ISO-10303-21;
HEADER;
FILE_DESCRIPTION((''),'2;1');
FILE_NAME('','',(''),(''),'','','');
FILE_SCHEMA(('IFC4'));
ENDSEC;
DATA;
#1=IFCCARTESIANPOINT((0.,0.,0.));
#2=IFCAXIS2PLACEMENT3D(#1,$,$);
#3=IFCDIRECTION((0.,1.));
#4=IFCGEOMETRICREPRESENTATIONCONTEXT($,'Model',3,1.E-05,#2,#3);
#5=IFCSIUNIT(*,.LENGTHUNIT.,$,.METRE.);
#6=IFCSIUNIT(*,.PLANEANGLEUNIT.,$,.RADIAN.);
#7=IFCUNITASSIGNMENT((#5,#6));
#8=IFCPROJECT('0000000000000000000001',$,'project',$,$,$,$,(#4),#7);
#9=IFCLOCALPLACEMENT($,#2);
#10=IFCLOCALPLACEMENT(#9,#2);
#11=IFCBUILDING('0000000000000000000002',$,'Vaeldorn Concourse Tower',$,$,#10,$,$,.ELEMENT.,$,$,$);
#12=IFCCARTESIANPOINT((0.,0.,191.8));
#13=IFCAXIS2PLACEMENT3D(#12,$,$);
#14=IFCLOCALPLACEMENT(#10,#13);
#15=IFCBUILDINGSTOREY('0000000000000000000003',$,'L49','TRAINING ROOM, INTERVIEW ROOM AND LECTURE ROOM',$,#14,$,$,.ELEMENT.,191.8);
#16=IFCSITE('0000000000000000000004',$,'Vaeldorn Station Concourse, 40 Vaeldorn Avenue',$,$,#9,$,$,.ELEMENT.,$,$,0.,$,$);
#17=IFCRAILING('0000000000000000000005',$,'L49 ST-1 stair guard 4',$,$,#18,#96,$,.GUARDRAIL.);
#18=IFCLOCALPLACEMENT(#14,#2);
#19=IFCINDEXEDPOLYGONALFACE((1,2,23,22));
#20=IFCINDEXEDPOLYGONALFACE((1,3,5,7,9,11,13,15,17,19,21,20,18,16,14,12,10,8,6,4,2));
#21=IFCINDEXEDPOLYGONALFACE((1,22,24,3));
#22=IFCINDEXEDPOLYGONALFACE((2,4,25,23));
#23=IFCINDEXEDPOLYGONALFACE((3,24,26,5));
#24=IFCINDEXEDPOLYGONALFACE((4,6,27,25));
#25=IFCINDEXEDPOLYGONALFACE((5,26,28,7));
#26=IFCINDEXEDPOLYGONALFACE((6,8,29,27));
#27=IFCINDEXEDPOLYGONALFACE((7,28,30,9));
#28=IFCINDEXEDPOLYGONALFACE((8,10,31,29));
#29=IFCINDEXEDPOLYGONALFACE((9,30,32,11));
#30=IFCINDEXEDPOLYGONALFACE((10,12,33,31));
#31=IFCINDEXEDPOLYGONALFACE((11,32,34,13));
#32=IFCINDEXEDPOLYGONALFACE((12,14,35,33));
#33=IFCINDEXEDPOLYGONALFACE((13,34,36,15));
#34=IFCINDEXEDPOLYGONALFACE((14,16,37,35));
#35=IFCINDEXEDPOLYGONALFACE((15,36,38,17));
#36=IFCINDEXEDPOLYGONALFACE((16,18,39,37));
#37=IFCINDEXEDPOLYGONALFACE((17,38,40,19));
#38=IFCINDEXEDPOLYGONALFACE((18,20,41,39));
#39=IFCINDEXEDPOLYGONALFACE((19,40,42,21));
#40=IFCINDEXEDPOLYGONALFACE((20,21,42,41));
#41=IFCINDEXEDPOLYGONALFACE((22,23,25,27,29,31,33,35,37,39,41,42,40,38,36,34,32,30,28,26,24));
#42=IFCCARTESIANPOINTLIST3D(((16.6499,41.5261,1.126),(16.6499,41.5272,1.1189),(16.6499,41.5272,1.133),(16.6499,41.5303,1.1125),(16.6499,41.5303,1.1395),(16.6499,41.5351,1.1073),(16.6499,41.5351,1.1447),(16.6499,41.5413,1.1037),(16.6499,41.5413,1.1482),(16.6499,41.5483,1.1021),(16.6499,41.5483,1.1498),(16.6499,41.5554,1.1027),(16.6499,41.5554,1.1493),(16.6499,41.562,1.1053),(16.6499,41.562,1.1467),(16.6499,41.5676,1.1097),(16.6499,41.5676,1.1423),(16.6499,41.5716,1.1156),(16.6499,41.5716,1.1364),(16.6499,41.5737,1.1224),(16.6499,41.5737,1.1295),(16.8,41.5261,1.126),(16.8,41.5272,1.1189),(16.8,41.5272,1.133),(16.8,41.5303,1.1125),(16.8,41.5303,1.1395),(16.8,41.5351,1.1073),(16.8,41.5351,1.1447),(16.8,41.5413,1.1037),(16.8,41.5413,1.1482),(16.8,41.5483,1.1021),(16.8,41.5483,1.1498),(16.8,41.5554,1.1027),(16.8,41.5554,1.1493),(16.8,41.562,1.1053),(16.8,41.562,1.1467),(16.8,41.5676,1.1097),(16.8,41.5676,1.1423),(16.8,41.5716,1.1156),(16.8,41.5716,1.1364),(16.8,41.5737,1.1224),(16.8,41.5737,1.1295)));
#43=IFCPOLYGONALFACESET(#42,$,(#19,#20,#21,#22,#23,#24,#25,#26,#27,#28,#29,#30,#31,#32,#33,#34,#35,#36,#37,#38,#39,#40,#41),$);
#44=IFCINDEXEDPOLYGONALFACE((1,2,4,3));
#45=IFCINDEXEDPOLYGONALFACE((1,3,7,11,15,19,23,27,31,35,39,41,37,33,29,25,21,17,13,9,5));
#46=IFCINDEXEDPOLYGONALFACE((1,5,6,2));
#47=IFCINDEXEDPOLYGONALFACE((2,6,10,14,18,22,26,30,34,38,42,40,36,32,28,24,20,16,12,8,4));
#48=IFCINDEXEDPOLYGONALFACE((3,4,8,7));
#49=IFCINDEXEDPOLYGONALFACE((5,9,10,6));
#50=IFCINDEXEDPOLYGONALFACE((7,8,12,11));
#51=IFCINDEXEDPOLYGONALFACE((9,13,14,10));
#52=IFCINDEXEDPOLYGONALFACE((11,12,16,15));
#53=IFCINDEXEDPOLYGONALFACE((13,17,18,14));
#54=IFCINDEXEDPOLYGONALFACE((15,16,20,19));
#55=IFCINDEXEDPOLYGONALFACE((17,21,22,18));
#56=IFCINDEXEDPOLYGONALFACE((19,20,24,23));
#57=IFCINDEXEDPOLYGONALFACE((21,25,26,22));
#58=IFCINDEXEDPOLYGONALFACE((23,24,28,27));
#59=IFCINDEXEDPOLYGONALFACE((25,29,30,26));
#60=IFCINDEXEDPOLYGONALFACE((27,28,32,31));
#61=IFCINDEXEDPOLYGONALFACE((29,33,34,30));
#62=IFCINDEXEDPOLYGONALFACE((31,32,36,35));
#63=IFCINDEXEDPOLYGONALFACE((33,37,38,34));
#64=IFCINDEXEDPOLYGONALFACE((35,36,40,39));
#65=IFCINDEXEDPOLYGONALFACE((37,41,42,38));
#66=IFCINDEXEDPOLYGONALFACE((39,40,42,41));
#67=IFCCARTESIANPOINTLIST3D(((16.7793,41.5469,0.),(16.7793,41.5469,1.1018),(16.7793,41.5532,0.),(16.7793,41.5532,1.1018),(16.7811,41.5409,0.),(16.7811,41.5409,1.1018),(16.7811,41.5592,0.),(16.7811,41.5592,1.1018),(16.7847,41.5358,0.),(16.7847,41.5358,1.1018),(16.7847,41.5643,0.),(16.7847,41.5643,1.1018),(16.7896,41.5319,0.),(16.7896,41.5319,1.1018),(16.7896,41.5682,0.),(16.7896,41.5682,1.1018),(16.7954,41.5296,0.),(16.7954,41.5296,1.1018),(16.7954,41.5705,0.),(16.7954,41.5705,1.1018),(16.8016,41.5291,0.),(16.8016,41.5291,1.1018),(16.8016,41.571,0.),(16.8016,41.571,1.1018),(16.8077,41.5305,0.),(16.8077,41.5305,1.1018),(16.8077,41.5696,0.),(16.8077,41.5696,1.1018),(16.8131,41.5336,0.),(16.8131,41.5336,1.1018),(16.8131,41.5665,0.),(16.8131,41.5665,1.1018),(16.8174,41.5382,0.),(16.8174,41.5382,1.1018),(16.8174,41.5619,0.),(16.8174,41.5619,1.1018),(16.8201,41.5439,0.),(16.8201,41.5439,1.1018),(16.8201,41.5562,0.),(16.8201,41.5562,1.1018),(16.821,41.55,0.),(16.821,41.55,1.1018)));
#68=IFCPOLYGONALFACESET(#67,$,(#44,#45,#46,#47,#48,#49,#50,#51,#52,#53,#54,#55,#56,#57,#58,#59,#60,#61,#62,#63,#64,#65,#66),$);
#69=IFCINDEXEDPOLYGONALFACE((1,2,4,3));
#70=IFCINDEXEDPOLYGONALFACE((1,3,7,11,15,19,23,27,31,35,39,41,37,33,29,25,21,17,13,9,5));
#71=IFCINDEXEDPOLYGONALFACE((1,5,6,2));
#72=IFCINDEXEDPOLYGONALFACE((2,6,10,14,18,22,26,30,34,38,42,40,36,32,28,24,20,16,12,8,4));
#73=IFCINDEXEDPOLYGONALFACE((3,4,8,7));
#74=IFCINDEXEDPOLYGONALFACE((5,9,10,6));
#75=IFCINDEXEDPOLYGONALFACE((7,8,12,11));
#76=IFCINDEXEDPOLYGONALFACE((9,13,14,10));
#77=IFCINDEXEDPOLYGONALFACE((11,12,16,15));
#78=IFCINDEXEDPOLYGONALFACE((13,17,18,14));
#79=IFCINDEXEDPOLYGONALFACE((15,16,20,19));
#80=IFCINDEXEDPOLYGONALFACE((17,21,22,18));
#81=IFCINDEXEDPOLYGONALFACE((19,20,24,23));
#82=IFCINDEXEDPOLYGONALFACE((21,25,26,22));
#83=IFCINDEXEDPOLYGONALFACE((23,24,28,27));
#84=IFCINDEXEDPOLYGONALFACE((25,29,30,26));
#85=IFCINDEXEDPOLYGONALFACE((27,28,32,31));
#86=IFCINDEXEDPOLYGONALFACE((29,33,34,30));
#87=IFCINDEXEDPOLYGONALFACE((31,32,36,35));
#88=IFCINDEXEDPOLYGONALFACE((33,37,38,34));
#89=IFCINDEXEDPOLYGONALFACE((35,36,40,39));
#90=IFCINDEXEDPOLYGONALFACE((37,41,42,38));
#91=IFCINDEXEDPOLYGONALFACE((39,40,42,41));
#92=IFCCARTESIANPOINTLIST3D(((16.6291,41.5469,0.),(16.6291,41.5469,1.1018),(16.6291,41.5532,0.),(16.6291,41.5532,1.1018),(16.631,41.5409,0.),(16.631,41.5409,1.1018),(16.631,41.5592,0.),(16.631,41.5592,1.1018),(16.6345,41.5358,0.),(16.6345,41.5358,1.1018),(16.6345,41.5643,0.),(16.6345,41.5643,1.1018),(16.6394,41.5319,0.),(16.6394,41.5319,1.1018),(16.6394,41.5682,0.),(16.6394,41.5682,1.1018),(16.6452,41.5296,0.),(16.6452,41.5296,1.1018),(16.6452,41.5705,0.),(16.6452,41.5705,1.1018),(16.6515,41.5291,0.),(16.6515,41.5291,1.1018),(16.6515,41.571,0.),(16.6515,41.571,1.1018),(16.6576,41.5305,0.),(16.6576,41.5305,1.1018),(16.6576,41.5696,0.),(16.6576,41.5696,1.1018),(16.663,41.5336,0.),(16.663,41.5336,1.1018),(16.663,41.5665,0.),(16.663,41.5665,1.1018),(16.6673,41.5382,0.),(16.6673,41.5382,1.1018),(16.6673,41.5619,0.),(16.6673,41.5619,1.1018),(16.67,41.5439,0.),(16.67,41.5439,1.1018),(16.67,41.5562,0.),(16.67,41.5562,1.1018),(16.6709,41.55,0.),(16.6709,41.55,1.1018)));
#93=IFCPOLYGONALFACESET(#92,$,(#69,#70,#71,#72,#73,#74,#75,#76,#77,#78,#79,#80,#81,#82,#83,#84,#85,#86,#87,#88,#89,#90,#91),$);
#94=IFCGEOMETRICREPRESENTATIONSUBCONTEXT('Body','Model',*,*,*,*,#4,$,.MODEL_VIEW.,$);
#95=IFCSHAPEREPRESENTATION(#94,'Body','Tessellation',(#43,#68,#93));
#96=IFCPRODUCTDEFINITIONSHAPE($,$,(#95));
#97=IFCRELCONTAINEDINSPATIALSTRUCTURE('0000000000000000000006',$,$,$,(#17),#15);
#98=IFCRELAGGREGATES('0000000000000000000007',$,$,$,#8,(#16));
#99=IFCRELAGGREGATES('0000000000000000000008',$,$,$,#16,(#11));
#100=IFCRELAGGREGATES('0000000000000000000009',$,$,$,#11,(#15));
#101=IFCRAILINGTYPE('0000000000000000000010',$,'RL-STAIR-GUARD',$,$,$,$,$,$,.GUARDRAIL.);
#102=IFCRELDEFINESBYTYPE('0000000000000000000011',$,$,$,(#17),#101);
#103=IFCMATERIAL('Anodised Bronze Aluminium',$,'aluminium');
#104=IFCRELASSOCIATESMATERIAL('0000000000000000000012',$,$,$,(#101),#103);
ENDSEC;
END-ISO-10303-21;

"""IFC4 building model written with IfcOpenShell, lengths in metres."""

from ifc_helpers import new_model, si_unit, direction, frame, origin, origin_2d, place, context, subcontext, project, spatial, circle, extrude, material, type_object, element, save


model = new_model("IFC4")

# Units and contexts
model_context = context("Model", 3, precision=1e-05, world=origin(), true_north=direction((0.0, 1.0)))
body_context = subcontext(model_context, "Body", "Model", "MODEL_VIEW")
ifc_project = project(units=[si_unit("LENGTHUNIT", "METRE"), si_unit("PLANEANGLEUNIT", "RADIAN")], contexts=[model_context])

# Site, building, storey
site_placement = place(None, origin())
site = spatial("IfcSite", under=ifc_project, at=site_placement, Name="Vaeldorn Station Concourse, 40 Vaeldorn Avenue", CompositionType="ELEMENT", RefElevation=0.0)
building_placement = place(site_placement, origin())
building = spatial("IfcBuilding", under=site, at=building_placement, Name="Vaeldorn Concourse Tower", CompositionType="ELEMENT")
storey_placement = place(building_placement, frame((0.0, 0.0, 191.8)))
storey = spatial("IfcBuildingStorey", under=building, at=storey_placement, Name="L49", Description="TRAINING ROOM, INTERVIEW ROOM AND LECTURE ROOM", CompositionType="ELEMENT", Elevation=191.8)

# Shared definitions
ifc_material_1 = material(Name="Anodised Bronze Aluminium", Category="aluminium")

# Railing
railing_type_1 = type_object("IfcRailingType", Name="RL-STAIR-GUARD", PredefinedType="GUARDRAIL", material=ifc_material_1)
railing_1_placement = place(storey_placement, frame((16.8, 41.55, 0.0)))
element("IfcRailing", 1, at=railing_1_placement, inside=storey, type_object=railing_type_1, Name="L49 ST-1 stair guard 4", PredefinedType="GUARDRAIL", context=body_context, shape_type="SweptSolid", body=[
    extrude(circle(Radius=0.0239, at=origin_2d()), frame((0.0, 0.0, 1.126), z_axis=(-1.0, 0.0, 0.0), x_axis=(0.0, -1.0, 0.0)), (0.0, 0.0, 1.0), 0.1501),
    extrude(circle(Radius=0.021, at=origin_2d()), origin(), (0.0, 0.0, 1.0), 1.1018),
    extrude(circle(Radius=0.021, at=origin_2d()), frame((-0.1501, 0.0, 0.0)), (0.0, 0.0, 1.0), 1.1018),
])

save(model, "model.ifc")
